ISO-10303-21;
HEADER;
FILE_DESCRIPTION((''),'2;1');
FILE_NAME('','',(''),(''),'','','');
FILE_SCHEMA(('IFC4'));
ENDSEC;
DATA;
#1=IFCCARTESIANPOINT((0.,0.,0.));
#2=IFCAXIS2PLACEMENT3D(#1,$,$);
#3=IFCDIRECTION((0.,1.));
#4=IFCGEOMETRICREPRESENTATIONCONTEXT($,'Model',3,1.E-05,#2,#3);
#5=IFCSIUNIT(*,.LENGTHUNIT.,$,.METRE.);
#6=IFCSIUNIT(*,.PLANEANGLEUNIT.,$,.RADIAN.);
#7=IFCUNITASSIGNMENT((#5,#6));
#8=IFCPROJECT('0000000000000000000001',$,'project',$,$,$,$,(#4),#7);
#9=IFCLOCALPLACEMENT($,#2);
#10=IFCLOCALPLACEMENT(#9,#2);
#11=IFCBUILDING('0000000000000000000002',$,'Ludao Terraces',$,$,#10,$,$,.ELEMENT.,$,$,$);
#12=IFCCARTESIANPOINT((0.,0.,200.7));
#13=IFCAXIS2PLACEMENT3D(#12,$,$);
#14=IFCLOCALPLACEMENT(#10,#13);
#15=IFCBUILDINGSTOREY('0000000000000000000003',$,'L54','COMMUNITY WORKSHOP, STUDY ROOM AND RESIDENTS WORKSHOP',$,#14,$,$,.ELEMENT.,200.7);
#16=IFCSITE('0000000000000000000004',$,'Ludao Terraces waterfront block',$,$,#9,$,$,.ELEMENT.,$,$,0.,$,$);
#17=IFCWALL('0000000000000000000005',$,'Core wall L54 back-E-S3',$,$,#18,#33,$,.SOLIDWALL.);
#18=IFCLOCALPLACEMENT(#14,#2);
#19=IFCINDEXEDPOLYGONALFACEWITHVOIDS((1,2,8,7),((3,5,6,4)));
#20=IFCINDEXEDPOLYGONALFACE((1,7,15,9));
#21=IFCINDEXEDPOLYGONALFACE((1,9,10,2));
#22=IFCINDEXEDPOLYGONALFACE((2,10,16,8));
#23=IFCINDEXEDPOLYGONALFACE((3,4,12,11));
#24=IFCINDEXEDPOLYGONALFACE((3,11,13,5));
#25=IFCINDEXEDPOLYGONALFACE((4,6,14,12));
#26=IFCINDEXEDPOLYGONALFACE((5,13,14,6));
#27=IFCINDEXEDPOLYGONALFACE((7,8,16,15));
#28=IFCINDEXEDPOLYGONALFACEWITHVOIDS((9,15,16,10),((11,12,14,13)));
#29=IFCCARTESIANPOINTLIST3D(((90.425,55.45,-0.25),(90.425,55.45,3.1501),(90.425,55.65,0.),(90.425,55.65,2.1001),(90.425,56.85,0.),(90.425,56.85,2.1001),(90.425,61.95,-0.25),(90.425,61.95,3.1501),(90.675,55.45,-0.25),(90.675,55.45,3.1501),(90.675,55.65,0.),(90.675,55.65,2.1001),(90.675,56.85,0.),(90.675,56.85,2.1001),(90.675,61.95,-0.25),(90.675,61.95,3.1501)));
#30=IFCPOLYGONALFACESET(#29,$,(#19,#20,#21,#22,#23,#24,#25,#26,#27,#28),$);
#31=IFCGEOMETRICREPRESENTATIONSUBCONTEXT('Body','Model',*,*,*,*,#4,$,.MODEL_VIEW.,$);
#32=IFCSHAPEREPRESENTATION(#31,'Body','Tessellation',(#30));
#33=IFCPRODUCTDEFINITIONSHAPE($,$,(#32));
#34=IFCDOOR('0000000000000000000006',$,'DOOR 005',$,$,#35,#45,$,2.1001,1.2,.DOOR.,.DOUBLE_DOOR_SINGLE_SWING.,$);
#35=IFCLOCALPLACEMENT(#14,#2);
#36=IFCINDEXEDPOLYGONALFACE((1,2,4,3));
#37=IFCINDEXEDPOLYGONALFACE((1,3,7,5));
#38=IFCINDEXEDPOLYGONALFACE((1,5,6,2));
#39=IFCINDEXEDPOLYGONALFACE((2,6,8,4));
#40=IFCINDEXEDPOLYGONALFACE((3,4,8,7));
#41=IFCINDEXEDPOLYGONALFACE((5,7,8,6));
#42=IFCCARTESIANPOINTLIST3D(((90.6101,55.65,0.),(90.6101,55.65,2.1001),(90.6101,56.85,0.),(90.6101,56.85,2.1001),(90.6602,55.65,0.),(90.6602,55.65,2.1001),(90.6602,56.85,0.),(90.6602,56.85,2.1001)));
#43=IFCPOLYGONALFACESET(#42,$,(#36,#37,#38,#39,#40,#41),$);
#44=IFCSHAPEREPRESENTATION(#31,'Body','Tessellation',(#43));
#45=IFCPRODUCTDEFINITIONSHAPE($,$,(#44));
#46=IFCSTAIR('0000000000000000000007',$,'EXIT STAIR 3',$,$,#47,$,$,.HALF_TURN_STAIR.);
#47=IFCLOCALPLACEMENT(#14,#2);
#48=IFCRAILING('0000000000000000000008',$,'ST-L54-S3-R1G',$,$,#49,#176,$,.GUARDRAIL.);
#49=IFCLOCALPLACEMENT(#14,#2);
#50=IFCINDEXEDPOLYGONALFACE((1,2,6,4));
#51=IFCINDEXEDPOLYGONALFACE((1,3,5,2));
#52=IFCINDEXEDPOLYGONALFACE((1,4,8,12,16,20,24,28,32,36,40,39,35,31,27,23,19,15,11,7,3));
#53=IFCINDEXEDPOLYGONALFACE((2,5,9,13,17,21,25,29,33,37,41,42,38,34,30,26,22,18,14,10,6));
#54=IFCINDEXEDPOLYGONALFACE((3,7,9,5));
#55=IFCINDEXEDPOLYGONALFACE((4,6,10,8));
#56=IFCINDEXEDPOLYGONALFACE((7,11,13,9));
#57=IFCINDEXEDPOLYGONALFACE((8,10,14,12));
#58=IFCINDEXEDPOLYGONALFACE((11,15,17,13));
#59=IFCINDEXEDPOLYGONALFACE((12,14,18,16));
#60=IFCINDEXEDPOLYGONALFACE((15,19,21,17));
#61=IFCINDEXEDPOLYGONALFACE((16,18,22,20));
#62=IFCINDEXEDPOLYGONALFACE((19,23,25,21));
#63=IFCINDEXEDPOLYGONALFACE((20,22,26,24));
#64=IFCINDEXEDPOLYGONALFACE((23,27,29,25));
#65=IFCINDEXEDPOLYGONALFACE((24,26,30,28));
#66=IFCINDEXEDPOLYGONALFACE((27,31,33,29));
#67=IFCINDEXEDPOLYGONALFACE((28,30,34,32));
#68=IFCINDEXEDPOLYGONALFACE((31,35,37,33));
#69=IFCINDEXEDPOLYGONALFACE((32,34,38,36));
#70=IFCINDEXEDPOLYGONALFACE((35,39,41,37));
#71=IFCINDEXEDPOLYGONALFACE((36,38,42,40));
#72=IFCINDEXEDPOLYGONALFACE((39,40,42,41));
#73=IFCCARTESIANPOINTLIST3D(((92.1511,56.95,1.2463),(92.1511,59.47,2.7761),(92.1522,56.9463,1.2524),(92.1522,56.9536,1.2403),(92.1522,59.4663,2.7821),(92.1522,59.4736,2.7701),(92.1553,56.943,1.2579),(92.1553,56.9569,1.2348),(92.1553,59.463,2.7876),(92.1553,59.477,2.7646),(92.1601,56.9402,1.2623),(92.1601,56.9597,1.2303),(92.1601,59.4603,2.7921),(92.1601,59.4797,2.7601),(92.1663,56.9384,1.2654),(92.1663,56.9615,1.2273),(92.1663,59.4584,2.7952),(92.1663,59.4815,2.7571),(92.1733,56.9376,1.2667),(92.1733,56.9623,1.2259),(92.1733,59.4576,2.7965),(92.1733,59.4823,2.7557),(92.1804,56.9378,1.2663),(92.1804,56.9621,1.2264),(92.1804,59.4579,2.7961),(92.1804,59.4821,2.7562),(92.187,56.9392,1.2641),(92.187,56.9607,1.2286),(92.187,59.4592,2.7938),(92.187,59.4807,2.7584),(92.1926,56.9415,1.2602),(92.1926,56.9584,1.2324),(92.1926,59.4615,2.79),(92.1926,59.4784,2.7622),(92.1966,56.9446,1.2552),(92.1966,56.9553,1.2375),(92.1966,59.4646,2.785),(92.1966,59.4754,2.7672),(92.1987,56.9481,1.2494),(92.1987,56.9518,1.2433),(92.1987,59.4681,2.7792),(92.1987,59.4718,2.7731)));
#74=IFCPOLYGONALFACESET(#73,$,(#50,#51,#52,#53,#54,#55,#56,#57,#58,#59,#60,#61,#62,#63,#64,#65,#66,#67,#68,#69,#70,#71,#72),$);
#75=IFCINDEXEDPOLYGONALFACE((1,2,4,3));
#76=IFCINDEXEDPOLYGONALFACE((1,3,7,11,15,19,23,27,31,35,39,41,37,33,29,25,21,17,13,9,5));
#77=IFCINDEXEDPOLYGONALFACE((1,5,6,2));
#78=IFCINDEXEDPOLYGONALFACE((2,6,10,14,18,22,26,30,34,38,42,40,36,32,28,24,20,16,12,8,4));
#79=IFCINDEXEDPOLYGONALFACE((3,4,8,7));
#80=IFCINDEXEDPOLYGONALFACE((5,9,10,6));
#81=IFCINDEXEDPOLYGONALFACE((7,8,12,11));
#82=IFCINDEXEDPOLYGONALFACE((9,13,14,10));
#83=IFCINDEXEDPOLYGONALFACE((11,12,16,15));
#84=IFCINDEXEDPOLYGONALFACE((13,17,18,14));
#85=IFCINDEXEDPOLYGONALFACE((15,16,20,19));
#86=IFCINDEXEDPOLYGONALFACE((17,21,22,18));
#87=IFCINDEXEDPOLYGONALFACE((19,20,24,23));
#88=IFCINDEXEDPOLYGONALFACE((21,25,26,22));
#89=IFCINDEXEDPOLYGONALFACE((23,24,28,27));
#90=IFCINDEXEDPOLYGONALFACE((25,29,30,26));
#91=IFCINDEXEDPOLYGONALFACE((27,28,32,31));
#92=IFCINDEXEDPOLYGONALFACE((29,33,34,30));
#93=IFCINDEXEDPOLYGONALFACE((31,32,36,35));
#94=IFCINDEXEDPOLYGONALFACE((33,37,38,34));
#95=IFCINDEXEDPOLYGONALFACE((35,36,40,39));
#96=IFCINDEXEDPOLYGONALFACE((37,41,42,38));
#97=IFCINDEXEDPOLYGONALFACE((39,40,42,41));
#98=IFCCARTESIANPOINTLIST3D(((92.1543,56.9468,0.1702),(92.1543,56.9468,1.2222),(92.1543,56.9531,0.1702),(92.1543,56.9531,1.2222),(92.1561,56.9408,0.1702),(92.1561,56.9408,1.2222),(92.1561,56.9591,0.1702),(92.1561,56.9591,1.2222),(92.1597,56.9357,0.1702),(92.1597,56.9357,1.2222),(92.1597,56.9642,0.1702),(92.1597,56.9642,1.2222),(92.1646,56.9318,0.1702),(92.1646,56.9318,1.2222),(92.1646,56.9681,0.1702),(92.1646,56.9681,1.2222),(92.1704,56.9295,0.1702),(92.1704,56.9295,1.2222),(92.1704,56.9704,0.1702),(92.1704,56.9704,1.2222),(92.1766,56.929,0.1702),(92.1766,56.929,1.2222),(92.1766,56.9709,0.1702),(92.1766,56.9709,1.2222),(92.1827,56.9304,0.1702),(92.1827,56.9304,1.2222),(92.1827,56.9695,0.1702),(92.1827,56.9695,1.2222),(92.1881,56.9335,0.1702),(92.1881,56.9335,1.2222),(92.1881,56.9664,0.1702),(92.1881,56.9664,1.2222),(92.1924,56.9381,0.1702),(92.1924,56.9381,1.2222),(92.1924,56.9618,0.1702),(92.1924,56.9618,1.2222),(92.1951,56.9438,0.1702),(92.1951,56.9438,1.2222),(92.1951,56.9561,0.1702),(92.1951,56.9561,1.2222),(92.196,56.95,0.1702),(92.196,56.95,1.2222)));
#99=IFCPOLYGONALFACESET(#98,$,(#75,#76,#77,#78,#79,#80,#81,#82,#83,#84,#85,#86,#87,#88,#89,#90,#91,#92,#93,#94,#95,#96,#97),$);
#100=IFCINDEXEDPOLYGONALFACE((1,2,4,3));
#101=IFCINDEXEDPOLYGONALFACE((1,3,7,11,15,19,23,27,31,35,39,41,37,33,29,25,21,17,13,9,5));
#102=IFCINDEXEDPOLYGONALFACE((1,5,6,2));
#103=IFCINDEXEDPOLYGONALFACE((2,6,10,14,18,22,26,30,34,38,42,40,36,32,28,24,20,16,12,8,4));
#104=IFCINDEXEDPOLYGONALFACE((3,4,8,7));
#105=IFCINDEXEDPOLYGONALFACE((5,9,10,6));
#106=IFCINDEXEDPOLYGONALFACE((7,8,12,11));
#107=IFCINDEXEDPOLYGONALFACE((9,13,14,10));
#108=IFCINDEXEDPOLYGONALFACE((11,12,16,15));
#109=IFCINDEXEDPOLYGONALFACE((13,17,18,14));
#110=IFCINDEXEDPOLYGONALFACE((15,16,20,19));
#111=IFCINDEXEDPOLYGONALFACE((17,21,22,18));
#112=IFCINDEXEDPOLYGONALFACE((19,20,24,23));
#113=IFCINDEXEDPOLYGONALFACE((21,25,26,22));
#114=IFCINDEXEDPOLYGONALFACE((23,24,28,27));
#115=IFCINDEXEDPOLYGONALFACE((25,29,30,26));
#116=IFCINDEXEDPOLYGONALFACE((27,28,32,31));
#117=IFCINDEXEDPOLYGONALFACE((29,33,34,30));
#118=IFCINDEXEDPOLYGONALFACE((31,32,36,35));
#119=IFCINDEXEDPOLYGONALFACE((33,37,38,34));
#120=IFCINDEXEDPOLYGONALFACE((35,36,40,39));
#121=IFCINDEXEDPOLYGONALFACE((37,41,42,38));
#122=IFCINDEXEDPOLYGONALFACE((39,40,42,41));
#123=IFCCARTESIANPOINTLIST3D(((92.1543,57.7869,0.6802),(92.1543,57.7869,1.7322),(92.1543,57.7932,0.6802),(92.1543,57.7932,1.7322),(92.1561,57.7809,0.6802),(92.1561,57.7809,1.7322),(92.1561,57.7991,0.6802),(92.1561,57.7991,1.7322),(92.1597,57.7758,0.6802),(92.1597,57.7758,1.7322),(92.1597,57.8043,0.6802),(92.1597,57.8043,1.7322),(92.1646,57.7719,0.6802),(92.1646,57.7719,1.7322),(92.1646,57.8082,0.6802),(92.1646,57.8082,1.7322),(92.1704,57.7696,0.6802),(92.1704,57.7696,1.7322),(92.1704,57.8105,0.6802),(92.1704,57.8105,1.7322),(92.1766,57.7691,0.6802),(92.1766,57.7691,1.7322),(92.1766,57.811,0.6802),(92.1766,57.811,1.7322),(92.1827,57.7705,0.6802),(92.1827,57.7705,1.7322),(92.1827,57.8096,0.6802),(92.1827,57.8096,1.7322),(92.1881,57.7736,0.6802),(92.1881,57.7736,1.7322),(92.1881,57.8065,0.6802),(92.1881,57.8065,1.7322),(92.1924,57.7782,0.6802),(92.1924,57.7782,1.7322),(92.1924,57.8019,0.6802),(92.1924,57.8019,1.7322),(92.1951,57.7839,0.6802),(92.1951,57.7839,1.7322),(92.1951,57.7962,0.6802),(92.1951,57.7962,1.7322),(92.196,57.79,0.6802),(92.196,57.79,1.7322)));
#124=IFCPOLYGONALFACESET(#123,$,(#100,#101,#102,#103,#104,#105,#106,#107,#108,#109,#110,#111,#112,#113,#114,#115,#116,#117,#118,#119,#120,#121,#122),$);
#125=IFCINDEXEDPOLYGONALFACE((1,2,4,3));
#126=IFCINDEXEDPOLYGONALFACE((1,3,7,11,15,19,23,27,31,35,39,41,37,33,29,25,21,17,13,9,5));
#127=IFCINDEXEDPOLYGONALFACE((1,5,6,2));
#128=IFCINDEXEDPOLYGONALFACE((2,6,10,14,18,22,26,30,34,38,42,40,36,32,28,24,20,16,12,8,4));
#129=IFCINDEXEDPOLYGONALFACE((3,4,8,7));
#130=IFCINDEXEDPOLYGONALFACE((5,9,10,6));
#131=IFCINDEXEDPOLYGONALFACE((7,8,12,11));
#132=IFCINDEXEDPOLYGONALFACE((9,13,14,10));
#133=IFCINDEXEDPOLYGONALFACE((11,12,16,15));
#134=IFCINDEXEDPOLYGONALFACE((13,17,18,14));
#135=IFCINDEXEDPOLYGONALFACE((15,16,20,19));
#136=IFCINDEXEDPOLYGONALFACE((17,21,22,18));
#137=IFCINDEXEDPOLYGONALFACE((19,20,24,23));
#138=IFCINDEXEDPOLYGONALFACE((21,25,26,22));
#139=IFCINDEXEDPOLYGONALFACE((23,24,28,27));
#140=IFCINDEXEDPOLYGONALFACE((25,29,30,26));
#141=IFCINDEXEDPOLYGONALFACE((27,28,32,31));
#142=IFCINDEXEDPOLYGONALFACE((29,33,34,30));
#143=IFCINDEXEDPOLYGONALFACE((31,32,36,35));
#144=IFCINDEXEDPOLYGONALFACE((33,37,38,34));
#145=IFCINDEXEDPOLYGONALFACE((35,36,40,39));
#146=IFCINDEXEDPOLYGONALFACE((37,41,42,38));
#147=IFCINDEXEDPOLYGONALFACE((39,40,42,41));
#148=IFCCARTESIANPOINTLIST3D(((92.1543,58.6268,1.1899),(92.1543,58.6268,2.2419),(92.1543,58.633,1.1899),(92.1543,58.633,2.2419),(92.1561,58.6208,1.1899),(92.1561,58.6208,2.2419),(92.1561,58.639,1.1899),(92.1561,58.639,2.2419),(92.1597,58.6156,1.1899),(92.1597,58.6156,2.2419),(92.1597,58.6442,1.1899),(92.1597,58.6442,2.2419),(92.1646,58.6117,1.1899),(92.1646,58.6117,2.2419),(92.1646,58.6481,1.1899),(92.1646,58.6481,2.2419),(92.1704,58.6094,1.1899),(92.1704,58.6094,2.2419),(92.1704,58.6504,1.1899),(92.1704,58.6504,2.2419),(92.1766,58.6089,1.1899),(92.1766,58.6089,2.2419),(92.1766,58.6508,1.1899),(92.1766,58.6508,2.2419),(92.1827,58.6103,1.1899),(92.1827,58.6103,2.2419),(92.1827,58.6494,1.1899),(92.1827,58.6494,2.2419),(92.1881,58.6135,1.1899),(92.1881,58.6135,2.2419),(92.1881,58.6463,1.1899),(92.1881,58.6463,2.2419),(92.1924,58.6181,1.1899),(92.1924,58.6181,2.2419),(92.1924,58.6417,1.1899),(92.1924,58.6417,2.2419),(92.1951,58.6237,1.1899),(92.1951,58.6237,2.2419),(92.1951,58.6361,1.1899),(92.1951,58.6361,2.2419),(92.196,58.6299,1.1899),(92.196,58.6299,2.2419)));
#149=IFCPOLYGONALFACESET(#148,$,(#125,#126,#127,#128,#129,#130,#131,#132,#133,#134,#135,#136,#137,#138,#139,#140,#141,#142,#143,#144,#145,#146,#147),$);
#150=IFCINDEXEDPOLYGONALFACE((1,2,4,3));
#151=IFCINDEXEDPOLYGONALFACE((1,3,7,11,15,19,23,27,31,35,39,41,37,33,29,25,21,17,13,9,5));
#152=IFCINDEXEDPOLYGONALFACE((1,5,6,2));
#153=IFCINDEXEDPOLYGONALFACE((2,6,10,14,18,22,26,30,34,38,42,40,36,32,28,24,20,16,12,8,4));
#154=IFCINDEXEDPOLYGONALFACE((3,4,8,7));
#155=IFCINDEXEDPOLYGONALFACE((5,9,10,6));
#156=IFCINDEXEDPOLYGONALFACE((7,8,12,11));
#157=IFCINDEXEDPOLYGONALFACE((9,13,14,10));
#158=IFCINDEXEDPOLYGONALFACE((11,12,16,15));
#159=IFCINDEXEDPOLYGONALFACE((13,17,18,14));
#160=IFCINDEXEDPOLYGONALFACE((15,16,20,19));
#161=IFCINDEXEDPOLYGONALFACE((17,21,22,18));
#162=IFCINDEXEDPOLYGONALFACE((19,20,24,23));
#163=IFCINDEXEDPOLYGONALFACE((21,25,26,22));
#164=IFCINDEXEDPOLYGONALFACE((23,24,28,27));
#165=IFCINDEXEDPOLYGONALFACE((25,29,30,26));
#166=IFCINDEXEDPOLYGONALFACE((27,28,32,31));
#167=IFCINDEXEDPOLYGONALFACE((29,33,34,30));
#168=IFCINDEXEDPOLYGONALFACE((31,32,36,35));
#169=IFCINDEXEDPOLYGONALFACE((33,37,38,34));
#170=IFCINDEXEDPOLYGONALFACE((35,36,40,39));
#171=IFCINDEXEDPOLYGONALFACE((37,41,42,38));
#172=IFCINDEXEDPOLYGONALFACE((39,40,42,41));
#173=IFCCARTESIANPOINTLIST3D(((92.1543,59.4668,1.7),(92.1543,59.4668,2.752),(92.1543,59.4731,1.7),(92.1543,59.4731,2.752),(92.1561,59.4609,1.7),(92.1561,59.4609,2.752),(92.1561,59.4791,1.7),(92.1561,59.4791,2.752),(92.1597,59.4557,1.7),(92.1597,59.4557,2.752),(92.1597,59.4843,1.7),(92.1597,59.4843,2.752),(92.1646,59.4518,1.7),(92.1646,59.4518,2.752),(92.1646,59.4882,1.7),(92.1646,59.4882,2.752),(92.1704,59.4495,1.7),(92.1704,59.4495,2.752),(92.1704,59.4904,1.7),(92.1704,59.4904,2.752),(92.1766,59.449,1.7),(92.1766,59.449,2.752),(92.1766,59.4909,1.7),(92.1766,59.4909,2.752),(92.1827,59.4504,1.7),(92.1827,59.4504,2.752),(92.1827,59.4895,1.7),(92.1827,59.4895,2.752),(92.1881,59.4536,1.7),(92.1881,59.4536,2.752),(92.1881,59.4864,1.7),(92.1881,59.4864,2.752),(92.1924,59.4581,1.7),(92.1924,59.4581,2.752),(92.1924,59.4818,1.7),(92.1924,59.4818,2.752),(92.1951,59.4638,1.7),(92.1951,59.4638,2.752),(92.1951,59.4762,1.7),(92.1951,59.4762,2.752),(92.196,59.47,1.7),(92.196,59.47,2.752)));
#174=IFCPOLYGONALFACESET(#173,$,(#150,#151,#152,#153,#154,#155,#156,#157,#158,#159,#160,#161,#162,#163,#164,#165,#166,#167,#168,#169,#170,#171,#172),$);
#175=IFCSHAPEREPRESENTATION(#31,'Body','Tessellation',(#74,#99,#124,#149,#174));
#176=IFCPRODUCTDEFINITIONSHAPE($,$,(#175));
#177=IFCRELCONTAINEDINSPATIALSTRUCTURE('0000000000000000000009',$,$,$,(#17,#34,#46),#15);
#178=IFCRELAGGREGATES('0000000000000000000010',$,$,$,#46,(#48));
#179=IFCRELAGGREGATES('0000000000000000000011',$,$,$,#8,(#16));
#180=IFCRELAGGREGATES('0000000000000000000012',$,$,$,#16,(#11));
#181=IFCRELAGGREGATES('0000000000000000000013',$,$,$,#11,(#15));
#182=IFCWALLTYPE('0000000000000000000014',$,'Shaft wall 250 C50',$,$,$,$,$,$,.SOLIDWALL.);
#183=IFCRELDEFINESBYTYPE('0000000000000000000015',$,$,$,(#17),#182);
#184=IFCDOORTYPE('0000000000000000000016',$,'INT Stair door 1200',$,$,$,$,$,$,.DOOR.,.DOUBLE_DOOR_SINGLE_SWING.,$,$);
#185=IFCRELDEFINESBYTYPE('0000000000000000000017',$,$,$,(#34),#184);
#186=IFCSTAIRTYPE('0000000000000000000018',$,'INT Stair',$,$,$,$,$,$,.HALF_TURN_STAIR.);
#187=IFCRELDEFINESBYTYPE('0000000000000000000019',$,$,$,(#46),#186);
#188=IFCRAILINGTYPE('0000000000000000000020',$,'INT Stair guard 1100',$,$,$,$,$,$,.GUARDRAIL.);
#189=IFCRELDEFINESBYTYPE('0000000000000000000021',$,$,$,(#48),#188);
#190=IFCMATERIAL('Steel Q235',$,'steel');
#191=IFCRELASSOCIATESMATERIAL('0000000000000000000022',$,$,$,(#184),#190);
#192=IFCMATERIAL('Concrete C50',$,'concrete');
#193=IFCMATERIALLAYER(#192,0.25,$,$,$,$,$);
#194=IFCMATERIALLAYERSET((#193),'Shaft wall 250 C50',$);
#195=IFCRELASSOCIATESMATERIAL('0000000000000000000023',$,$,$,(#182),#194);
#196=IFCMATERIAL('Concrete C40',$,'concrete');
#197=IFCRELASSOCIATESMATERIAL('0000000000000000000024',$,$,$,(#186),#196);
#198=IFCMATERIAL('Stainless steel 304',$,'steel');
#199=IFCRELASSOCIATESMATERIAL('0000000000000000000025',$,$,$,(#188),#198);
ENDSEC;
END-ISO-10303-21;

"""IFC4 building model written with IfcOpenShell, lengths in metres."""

from ifc_helpers import new_model, si_unit, direction, frame, frame_2d, origin, origin_2d, place, context, subcontext, project, spatial, rectangle, circle, extrude, material, layer, layer_set, type_object, element, fill, aggregate, save


model = new_model("IFC4")

# Units and contexts
model_context = context("Model", 3, precision=1e-05, world=origin(), true_north=direction((0.0, 1.0)))
body_context = subcontext(model_context, "Body", "Model", "MODEL_VIEW")
ifc_project = project(units=[si_unit("LENGTHUNIT", "METRE"), si_unit("PLANEANGLEUNIT", "RADIAN")], contexts=[model_context])

# Site, building, storey
site_placement = place(None, origin())
site = spatial("IfcSite", under=ifc_project, at=site_placement, Name="Ludao Terraces waterfront block", CompositionType="ELEMENT", RefElevation=0.0)
building_placement = place(site_placement, origin())
building = spatial("IfcBuilding", under=site, at=building_placement, Name="Ludao Terraces", CompositionType="ELEMENT")
storey_placement = place(building_placement, frame((0.0, 0.0, 200.7)))
storey = spatial("IfcBuildingStorey", under=building, at=storey_placement, Name="L54", Description="COMMUNITY WORKSHOP, STUDY ROOM AND RESIDENTS WORKSHOP", CompositionType="ELEMENT", Elevation=200.7)

# Shared definitions
ifc_material_1 = material(Name="Concrete C50", Category="concrete")

# Shared definitions
ifc_material_2 = material(Name="Concrete C40", Category="concrete")

# Shared definitions
ifc_material_3 = material(Name="Steel Q235", Category="steel")
door_type_1 = type_object("IfcDoorType", Name="INT Stair door 1200", OperationType="DOUBLE_DOOR_SINGLE_SWING", PredefinedType="DOOR", material=ifc_material_3)

# Wall, opening, door
ifc_layer_1 = layer(ifc_material_1, 0.25)
ifc_layer_set_1 = layer_set([ifc_layer_1], Name="Shaft wall 250 C50")
wall_type_1 = type_object("IfcWallType", Name="Shaft wall 250 C50", PredefinedType="SOLIDWALL", material=ifc_layer_set_1)
wall_1_placement = place(storey_placement, frame((90.55, 55.45, -0.25), z_axis=(0.0, 0.0, 1.0), x_axis=(0.0, 1.0, 0.0)))
wall_1 = element("IfcWall", 1, at=wall_1_placement, inside=storey, type_object=wall_type_1, Name="Core wall L54 back-E-S3", PredefinedType="SOLIDWALL", context=body_context, shape_type="SweptSolid", body=[
    extrude(rectangle(XDim=6.5, YDim=0.25, at=frame_2d((3.25, 0.0))), origin(), (0.0, 0.0, 1.0), 3.4001),
])
opening_1_placement = place(wall_1_placement, frame((0.2, 0.0, 0.25)))
opening_1 = element("IfcOpeningElement", 2, at=opening_1_placement, cuts=wall_1, PredefinedType="OPENING", context=body_context, shape_type="SweptSolid", body=[
    extrude(rectangle(XDim=1.2, YDim=2.1001, at=frame_2d((0.6001, 1.05))), frame((0.0, 0.135, 0.0), z_axis=(0.0, -1.0, 0.0), x_axis=(1.0, 0.0, 0.0)), (0.0, 0.0, 1.0), 0.27),
])
door_1_placement = place(opening_1_placement, origin())
door_1 = element("IfcDoor", 3, at=door_1_placement, inside=storey, type_object=door_type_1, Name="DOOR 005", OperationType="DOUBLE_DOOR_SINGLE_SWING", OverallHeight=2.1001, OverallWidth=1.2, PredefinedType="DOOR", context=body_context, shape_type="SweptSolid", body=[
    extrude(rectangle(XDim=1.2, YDim=2.1001, at=frame_2d((0.6001, 1.05))), frame((0.0, -0.0601, 0.0), z_axis=(0.0, -1.0, 0.0), x_axis=(1.0, 0.0, 0.0)), (0.0, 0.0, 1.0), 0.05),
])
fill(opening_1, door_1)

# Stair, railing
stair_type = type_object("IfcStairType", Name="INT Stair", PredefinedType="HALF_TURN_STAIR", material=ifc_material_2)
stair_placement = place(storey_placement, origin())
stair = element("IfcStair", 4, at=stair_placement, inside=storey, type_object=stair_type, Name="EXIT STAIR 3", PredefinedType="HALF_TURN_STAIR")
ifc_material_4 = material(Name="Stainless steel 304", Category="steel")
railing_type_1 = type_object("IfcRailingType", Name="INT Stair guard 1100", PredefinedType="GUARDRAIL", material=ifc_material_4)
railing_1_placement = place(storey_placement, frame((92.175, 56.95, 0.1702)))
railing_1 = element("IfcRailing", 5, at=railing_1_placement, type_object=railing_type_1, Name="ST-L54-S3-R1G", PredefinedType="GUARDRAIL", context=body_context, shape_type="SweptSolid", body=[
    extrude(circle(Radius=0.0239, at=origin_2d()), frame((0.0, 0.0, 1.0762), z_axis=(0.0, 0.854822, 0.518922), x_axis=(-1.0, 0.0, 0.0)), (0.0, 0.0, 1.0), 2.948),
    extrude(circle(Radius=0.021, at=origin_2d()), origin(), (0.0, 0.0, 1.0), 1.052),
    extrude(circle(Radius=0.021, at=origin_2d()), frame((0.0, 0.8401, 0.51)), (0.0, 0.0, 1.0), 1.052),
    extrude(circle(Radius=0.021, at=origin_2d()), frame((0.0, 1.6799, 1.0198)), (0.0, 0.0, 1.0), 1.052),
    extrude(circle(Radius=0.021, at=origin_2d()), frame((0.0, 2.52, 1.5298)), (0.0, 0.0, 1.0), 1.052),
])
aggregate(stair, [railing_1])

save(model, "model.ifc")
